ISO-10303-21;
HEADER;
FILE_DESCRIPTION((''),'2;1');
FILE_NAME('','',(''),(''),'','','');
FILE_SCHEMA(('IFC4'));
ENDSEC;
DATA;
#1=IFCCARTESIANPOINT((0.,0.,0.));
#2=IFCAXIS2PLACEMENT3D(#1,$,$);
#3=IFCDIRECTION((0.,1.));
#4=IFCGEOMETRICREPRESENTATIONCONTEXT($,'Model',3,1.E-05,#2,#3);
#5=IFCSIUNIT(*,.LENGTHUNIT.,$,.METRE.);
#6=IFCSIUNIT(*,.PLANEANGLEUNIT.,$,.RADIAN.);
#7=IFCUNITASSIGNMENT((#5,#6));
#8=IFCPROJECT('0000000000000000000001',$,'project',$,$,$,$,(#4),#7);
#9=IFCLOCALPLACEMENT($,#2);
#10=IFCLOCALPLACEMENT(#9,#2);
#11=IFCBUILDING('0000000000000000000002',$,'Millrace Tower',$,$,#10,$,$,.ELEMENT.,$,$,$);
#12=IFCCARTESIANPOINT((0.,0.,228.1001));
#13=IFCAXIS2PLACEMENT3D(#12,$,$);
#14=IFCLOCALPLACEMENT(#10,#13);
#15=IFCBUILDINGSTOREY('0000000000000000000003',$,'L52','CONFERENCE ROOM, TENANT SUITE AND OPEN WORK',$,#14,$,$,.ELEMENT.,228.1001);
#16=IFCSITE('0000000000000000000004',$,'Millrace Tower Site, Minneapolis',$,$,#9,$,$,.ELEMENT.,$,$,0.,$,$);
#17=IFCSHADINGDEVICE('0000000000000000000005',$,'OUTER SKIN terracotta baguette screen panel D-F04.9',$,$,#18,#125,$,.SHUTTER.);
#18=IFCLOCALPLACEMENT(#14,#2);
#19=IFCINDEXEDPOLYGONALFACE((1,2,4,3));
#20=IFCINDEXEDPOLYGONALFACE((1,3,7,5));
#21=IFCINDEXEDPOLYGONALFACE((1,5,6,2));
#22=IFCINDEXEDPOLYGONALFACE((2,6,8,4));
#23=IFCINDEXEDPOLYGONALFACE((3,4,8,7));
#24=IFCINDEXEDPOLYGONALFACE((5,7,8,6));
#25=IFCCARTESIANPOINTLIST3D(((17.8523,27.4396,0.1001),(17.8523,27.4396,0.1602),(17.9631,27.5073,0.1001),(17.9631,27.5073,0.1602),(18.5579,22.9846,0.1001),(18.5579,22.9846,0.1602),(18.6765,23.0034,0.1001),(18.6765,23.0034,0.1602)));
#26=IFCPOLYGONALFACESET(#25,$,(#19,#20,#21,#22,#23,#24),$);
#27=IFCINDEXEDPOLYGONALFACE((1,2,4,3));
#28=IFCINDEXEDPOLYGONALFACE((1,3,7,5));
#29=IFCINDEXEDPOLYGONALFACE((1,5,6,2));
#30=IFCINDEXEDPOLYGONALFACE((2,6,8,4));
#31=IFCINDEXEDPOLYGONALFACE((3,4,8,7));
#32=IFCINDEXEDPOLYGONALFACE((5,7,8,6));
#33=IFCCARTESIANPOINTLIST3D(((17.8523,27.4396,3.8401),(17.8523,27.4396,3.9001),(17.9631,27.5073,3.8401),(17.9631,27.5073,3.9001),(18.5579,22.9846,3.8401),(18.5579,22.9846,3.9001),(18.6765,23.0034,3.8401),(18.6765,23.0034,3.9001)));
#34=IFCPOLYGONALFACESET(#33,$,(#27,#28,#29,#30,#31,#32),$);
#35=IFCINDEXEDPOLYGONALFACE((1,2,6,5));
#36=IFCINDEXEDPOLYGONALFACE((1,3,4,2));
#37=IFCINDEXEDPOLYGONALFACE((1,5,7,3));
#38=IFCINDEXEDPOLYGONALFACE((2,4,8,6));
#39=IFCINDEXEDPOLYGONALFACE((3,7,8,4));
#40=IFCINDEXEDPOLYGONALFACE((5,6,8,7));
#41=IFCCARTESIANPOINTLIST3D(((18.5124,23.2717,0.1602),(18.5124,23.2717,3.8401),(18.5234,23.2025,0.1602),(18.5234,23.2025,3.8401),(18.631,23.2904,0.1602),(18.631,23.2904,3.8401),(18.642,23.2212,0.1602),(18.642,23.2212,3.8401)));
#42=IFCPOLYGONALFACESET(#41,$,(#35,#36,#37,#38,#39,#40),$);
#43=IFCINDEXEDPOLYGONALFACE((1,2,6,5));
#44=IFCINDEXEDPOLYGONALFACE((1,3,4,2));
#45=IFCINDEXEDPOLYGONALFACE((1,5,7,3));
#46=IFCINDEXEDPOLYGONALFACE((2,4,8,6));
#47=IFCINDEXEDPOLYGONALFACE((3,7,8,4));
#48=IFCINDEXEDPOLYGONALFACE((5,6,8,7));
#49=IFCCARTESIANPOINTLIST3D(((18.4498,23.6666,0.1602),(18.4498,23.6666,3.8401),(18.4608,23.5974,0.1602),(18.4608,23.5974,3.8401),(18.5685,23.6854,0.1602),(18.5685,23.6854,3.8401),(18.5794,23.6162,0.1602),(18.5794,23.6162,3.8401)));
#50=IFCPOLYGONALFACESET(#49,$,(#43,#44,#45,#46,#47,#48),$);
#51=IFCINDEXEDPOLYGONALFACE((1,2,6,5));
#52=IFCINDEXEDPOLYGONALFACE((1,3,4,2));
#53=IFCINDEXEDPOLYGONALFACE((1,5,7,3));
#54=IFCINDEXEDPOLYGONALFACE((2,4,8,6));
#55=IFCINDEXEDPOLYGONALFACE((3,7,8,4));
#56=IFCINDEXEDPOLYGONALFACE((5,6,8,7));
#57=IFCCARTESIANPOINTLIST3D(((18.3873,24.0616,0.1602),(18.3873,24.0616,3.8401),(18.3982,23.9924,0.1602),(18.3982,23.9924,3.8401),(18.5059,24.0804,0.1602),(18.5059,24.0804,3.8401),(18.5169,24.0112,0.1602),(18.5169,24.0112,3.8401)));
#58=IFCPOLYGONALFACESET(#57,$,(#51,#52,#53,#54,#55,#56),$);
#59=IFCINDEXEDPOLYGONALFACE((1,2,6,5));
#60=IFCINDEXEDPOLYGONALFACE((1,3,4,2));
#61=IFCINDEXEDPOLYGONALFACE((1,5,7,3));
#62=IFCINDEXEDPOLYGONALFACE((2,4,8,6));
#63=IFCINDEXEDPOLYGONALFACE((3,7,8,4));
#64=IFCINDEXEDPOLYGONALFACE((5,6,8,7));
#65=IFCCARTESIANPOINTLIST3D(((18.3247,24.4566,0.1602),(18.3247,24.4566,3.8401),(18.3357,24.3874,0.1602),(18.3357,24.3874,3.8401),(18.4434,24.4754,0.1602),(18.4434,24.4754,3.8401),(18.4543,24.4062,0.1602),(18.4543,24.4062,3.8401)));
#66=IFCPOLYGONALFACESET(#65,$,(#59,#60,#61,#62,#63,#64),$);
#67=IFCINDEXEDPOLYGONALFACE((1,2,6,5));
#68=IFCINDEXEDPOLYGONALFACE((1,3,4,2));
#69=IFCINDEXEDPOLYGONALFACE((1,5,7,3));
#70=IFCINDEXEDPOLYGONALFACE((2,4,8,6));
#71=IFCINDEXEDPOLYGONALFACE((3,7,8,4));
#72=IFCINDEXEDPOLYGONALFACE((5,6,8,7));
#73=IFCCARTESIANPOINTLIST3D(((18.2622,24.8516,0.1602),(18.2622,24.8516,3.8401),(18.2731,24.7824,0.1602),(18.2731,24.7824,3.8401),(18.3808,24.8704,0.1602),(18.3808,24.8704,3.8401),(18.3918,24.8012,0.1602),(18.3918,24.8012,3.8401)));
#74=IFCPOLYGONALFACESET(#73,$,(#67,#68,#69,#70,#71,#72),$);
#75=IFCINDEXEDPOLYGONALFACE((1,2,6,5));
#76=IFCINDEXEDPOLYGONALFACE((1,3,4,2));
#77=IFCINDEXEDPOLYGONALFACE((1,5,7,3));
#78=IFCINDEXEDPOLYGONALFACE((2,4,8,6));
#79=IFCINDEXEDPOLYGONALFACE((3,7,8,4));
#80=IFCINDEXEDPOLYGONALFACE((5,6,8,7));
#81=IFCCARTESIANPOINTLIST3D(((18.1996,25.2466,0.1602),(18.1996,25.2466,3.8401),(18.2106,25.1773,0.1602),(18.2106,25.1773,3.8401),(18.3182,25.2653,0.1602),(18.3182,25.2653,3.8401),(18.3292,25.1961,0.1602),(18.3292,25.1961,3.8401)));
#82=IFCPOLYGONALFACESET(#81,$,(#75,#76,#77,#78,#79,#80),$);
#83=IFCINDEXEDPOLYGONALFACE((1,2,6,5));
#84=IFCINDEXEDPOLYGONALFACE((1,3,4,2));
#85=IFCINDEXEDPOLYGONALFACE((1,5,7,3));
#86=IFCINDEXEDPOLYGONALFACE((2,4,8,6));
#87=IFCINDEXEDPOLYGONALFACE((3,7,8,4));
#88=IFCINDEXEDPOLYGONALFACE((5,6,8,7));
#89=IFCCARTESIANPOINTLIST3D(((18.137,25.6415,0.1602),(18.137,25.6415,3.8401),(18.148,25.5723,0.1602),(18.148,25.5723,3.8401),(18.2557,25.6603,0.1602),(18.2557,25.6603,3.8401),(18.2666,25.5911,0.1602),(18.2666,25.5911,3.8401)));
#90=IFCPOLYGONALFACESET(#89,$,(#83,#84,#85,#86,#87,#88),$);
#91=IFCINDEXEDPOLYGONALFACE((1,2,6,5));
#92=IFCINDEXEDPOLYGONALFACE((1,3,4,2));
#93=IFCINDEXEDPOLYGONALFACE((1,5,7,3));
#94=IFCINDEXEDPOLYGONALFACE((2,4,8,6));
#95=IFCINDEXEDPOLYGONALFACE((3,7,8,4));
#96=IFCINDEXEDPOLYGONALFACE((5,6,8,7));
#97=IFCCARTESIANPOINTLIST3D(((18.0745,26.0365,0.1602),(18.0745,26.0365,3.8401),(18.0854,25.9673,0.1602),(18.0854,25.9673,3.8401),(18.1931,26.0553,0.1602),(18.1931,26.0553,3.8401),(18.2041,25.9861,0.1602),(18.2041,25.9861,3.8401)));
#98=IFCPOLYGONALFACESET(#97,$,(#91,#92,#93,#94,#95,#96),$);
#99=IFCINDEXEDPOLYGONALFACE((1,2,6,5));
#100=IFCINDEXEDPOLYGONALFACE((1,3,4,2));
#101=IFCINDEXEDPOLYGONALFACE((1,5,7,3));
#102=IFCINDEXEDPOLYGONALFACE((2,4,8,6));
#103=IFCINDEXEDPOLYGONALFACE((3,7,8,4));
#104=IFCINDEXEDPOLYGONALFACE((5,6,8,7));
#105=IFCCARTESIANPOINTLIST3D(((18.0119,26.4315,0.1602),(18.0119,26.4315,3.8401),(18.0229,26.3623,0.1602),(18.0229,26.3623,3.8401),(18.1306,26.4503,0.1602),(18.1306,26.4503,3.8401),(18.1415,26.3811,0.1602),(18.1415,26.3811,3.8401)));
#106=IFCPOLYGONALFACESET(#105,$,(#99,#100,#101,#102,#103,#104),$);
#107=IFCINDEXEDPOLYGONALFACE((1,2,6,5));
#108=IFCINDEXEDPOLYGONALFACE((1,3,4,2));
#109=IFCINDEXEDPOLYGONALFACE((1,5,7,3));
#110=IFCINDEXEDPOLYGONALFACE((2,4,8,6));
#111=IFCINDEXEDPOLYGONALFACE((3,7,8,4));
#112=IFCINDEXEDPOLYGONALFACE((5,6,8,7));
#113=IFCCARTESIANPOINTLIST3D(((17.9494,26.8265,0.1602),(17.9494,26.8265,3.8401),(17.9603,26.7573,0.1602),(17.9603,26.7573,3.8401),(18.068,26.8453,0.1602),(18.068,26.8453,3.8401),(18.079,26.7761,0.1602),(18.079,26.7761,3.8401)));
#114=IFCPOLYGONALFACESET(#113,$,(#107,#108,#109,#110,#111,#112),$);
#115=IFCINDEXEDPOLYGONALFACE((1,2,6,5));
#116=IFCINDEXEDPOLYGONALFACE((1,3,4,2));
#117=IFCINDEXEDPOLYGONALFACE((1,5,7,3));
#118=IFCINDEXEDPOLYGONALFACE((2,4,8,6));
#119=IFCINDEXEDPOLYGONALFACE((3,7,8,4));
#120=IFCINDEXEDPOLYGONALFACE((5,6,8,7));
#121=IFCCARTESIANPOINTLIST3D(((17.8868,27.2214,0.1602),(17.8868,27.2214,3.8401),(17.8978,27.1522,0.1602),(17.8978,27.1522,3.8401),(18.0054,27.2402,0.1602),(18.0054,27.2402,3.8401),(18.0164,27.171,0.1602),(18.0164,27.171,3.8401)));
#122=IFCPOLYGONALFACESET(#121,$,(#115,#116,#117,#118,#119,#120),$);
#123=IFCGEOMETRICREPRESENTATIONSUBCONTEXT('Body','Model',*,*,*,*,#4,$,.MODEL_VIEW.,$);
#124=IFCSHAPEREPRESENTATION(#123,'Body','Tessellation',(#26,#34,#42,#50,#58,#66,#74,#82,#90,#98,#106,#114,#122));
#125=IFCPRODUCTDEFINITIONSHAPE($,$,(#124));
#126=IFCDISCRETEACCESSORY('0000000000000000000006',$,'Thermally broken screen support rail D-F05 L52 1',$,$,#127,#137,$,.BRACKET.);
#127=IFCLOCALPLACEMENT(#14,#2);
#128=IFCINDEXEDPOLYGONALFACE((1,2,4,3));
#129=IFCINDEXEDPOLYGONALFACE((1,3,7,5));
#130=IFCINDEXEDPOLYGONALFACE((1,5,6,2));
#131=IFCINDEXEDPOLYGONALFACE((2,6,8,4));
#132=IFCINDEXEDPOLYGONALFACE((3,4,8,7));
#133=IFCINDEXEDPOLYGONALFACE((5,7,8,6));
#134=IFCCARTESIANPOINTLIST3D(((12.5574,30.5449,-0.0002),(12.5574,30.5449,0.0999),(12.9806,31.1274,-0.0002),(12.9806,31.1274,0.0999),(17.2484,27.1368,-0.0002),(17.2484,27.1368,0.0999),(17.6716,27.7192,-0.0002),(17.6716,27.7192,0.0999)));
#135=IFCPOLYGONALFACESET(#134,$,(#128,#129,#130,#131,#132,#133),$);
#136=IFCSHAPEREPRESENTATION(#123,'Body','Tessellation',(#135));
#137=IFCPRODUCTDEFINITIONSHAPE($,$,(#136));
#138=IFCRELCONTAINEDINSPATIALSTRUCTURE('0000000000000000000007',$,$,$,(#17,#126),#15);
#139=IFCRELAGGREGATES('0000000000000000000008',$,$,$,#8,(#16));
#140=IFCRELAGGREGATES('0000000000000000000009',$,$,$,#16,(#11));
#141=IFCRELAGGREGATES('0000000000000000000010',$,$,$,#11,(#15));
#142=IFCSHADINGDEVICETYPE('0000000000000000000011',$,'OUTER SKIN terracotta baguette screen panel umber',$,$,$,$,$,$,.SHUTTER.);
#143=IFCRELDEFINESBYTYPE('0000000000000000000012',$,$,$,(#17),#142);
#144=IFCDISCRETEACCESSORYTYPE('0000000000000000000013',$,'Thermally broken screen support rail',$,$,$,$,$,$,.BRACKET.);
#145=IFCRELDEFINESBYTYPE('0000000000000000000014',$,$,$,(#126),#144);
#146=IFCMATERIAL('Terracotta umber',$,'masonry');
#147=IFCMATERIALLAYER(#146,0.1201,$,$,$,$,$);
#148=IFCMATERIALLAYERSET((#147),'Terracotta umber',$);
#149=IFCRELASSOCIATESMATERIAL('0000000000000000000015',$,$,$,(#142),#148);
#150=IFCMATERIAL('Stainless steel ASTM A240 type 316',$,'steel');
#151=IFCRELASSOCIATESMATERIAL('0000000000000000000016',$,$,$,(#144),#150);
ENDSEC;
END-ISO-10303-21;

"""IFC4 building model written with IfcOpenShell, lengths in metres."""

from ifc_helpers import new_model, entity, si_unit, direction, frame, frame_2d, origin, origin_2d, place, context, subcontext, project, spatial, rectangle, extrude, source, transform, mapped, material, layer, layer_set, type_object, element, save


model = new_model("IFC4")

# Units and contexts
model_context = context("Model", 3, precision=1e-05, world=origin(), true_north=direction((0.0, 1.0)))
body_context = subcontext(model_context, "Body", "Model", "MODEL_VIEW")
ifc_project = project(units=[si_unit("LENGTHUNIT", "METRE"), si_unit("PLANEANGLEUNIT", "RADIAN")], contexts=[model_context])

# Site, building, storey
site_placement = place(None, origin())
site = spatial("IfcSite", under=ifc_project, at=site_placement, Name="Millrace Tower Site, Minneapolis", CompositionType="ELEMENT", RefElevation=0.0)
building_placement = place(site_placement, origin())
building = spatial("IfcBuilding", under=site, at=building_placement, Name="Millrace Tower", CompositionType="ELEMENT")
storey_placement = place(building_placement, frame((0.0, 0.0, 228.1001)))
storey = spatial("IfcBuildingStorey", under=building, at=storey_placement, Name="L52", Description="CONFERENCE ROOM, TENANT SUITE AND OPEN WORK", CompositionType="ELEMENT", Elevation=228.1001)

# Shading device
ifc_material_1 = material(Name="Terracotta umber", Category="masonry")
ifc_layer_1 = layer(ifc_material_1, 0.1201)
ifc_layer_set_1 = layer_set([ifc_layer_1], Name="Terracotta umber")
shading_device_type = type_object("IfcShadingDeviceType", Name="OUTER SKIN terracotta baguette screen panel umber", PredefinedType="SHUTTER", material=ifc_layer_set_1)
cartesian_point_1 = entity("IfcCartesianPoint", [-2.2676, 0.0601])
shared_polyline_1 = entity("IfcPolyline", [cartesian_point_1, entity("IfcCartesianPoint", [2.2429, 0.0601]), entity("IfcCartesianPoint", [2.2925, -0.0601]), entity("IfcCartesianPoint", [-2.2676, -0.0601]), cartesian_point_1])
shared_shape_1 = source(origin(), body_context, "Body", "SweptSolid", [
    entity("IfcExtrudedAreaSolid", entity("IfcArbitraryClosedProfileDef", "AREA", None, shared_polyline_1), entity("IfcAxis2Placement3D", entity("IfcCartesianPoint", [0.0, 0.0, 0.0])), entity("IfcDirection", [0.0, 0.0, 1.0]), 0.0601),
    entity("IfcExtrudedAreaSolid", entity("IfcArbitraryClosedProfileDef", "AREA", None, shared_polyline_1), entity("IfcAxis2Placement3D", entity("IfcCartesianPoint", [0.0, 0.0, 3.74])), entity("IfcDirection", [0.0, 0.0, 1.0]), 0.0601),
    extrude(rectangle(XDim=0.0701, YDim=0.1201, at=frame_2d((-2.012, 0.0))), frame((0.0, 0.0, 0.0601)), (0.0, 0.0, 1.0), 3.6799),
    extrude(rectangle(XDim=0.0701, YDim=0.1201, at=frame_2d((-1.6121, 0.0))), frame((0.0, 0.0, 0.0601)), (0.0, 0.0, 1.0), 3.6799),
    extrude(rectangle(XDim=0.0701, YDim=0.1201, at=frame_2d((-1.2122, 0.0))), frame((0.0, 0.0, 0.0601)), (0.0, 0.0, 1.0), 3.6799),
    extrude(rectangle(XDim=0.0701, YDim=0.1201, at=frame_2d((-0.8123, 0.0))), frame((0.0, 0.0, 0.0601)), (0.0, 0.0, 1.0), 3.6799),
    extrude(rectangle(XDim=0.0701, YDim=0.1201, at=frame_2d((-0.4124, 0.0))), frame((0.0, 0.0, 0.0601)), (0.0, 0.0, 1.0), 3.6799),
    extrude(rectangle(XDim=0.0701, YDim=0.1201, at=frame_2d((-0.0125, 0.0))), frame((0.0, 0.0, 0.0601)), (0.0, 0.0, 1.0), 3.6799),
    extrude(rectangle(XDim=0.0701, YDim=0.1201, at=frame_2d((0.3875, 0.0))), frame((0.0, 0.0, 0.0601)), (0.0, 0.0, 1.0), 3.6799),
    extrude(rectangle(XDim=0.0701, YDim=0.1201, at=frame_2d((0.7874, 0.0))), frame((0.0, 0.0, 0.0601)), (0.0, 0.0, 1.0), 3.6799),
    extrude(rectangle(XDim=0.0701, YDim=0.1201, at=frame_2d((1.1873, 0.0))), frame((0.0, 0.0, 0.0601)), (0.0, 0.0, 1.0), 3.6799),
    extrude(rectangle(XDim=0.0701, YDim=0.1201, at=frame_2d((1.5872, 0.0))), frame((0.0, 0.0, 0.0601)), (0.0, 0.0, 1.0), 3.6799),
    extrude(rectangle(XDim=0.0701, YDim=0.1201, at=frame_2d((1.9871, 0.0))), frame((0.0, 0.0, 0.0601)), (0.0, 0.0, 1.0), 3.6799),
])
shading_device_1_placement = place(storey_placement, frame((18.2625, 25.2336, 0.1001), z_axis=(0.0, 0.0, 1.0), x_axis=(-0.156434, 0.987688, 0.0)))
element("IfcShadingDevice", 1, at=shading_device_1_placement, inside=storey, type_object=shading_device_type, Name="OUTER SKIN terracotta baguette screen panel D-F04.9", PredefinedType="SHUTTER", context=body_context, shape_type="MappedRepresentation", body=[
    mapped(shared_shape_1, transform((0.0, 0.0, 0.0), scale=1.0)),
])

# Discrete accessory
ifc_material_2 = material(Name="Stainless steel ASTM A240 type 316", Category="steel")
discrete_accessory_type = type_object("IfcDiscreteAccessoryType", Name="Thermally broken screen support rail", PredefinedType="BRACKET", material=ifc_material_2)
discrete_accessory_placement = place(storey_placement, frame((15.1145, 29.1321, -0.0002), z_axis=(0.0, 0.0, 1.0), x_axis=(-0.809017, 0.587785, 0.0)))
element("IfcDiscreteAccessory", 2, at=discrete_accessory_placement, inside=storey, type_object=discrete_accessory_type, Name="Thermally broken screen support rail D-F05 L52 1", PredefinedType="BRACKET", context=body_context, shape_type="SweptSolid", body=[
    extrude(rectangle(XDim=5.7983, YDim=0.72, at=origin_2d()), origin(), (0.0, 0.0, 1.0), 0.1001),
])

save(model, "model.ifc")
